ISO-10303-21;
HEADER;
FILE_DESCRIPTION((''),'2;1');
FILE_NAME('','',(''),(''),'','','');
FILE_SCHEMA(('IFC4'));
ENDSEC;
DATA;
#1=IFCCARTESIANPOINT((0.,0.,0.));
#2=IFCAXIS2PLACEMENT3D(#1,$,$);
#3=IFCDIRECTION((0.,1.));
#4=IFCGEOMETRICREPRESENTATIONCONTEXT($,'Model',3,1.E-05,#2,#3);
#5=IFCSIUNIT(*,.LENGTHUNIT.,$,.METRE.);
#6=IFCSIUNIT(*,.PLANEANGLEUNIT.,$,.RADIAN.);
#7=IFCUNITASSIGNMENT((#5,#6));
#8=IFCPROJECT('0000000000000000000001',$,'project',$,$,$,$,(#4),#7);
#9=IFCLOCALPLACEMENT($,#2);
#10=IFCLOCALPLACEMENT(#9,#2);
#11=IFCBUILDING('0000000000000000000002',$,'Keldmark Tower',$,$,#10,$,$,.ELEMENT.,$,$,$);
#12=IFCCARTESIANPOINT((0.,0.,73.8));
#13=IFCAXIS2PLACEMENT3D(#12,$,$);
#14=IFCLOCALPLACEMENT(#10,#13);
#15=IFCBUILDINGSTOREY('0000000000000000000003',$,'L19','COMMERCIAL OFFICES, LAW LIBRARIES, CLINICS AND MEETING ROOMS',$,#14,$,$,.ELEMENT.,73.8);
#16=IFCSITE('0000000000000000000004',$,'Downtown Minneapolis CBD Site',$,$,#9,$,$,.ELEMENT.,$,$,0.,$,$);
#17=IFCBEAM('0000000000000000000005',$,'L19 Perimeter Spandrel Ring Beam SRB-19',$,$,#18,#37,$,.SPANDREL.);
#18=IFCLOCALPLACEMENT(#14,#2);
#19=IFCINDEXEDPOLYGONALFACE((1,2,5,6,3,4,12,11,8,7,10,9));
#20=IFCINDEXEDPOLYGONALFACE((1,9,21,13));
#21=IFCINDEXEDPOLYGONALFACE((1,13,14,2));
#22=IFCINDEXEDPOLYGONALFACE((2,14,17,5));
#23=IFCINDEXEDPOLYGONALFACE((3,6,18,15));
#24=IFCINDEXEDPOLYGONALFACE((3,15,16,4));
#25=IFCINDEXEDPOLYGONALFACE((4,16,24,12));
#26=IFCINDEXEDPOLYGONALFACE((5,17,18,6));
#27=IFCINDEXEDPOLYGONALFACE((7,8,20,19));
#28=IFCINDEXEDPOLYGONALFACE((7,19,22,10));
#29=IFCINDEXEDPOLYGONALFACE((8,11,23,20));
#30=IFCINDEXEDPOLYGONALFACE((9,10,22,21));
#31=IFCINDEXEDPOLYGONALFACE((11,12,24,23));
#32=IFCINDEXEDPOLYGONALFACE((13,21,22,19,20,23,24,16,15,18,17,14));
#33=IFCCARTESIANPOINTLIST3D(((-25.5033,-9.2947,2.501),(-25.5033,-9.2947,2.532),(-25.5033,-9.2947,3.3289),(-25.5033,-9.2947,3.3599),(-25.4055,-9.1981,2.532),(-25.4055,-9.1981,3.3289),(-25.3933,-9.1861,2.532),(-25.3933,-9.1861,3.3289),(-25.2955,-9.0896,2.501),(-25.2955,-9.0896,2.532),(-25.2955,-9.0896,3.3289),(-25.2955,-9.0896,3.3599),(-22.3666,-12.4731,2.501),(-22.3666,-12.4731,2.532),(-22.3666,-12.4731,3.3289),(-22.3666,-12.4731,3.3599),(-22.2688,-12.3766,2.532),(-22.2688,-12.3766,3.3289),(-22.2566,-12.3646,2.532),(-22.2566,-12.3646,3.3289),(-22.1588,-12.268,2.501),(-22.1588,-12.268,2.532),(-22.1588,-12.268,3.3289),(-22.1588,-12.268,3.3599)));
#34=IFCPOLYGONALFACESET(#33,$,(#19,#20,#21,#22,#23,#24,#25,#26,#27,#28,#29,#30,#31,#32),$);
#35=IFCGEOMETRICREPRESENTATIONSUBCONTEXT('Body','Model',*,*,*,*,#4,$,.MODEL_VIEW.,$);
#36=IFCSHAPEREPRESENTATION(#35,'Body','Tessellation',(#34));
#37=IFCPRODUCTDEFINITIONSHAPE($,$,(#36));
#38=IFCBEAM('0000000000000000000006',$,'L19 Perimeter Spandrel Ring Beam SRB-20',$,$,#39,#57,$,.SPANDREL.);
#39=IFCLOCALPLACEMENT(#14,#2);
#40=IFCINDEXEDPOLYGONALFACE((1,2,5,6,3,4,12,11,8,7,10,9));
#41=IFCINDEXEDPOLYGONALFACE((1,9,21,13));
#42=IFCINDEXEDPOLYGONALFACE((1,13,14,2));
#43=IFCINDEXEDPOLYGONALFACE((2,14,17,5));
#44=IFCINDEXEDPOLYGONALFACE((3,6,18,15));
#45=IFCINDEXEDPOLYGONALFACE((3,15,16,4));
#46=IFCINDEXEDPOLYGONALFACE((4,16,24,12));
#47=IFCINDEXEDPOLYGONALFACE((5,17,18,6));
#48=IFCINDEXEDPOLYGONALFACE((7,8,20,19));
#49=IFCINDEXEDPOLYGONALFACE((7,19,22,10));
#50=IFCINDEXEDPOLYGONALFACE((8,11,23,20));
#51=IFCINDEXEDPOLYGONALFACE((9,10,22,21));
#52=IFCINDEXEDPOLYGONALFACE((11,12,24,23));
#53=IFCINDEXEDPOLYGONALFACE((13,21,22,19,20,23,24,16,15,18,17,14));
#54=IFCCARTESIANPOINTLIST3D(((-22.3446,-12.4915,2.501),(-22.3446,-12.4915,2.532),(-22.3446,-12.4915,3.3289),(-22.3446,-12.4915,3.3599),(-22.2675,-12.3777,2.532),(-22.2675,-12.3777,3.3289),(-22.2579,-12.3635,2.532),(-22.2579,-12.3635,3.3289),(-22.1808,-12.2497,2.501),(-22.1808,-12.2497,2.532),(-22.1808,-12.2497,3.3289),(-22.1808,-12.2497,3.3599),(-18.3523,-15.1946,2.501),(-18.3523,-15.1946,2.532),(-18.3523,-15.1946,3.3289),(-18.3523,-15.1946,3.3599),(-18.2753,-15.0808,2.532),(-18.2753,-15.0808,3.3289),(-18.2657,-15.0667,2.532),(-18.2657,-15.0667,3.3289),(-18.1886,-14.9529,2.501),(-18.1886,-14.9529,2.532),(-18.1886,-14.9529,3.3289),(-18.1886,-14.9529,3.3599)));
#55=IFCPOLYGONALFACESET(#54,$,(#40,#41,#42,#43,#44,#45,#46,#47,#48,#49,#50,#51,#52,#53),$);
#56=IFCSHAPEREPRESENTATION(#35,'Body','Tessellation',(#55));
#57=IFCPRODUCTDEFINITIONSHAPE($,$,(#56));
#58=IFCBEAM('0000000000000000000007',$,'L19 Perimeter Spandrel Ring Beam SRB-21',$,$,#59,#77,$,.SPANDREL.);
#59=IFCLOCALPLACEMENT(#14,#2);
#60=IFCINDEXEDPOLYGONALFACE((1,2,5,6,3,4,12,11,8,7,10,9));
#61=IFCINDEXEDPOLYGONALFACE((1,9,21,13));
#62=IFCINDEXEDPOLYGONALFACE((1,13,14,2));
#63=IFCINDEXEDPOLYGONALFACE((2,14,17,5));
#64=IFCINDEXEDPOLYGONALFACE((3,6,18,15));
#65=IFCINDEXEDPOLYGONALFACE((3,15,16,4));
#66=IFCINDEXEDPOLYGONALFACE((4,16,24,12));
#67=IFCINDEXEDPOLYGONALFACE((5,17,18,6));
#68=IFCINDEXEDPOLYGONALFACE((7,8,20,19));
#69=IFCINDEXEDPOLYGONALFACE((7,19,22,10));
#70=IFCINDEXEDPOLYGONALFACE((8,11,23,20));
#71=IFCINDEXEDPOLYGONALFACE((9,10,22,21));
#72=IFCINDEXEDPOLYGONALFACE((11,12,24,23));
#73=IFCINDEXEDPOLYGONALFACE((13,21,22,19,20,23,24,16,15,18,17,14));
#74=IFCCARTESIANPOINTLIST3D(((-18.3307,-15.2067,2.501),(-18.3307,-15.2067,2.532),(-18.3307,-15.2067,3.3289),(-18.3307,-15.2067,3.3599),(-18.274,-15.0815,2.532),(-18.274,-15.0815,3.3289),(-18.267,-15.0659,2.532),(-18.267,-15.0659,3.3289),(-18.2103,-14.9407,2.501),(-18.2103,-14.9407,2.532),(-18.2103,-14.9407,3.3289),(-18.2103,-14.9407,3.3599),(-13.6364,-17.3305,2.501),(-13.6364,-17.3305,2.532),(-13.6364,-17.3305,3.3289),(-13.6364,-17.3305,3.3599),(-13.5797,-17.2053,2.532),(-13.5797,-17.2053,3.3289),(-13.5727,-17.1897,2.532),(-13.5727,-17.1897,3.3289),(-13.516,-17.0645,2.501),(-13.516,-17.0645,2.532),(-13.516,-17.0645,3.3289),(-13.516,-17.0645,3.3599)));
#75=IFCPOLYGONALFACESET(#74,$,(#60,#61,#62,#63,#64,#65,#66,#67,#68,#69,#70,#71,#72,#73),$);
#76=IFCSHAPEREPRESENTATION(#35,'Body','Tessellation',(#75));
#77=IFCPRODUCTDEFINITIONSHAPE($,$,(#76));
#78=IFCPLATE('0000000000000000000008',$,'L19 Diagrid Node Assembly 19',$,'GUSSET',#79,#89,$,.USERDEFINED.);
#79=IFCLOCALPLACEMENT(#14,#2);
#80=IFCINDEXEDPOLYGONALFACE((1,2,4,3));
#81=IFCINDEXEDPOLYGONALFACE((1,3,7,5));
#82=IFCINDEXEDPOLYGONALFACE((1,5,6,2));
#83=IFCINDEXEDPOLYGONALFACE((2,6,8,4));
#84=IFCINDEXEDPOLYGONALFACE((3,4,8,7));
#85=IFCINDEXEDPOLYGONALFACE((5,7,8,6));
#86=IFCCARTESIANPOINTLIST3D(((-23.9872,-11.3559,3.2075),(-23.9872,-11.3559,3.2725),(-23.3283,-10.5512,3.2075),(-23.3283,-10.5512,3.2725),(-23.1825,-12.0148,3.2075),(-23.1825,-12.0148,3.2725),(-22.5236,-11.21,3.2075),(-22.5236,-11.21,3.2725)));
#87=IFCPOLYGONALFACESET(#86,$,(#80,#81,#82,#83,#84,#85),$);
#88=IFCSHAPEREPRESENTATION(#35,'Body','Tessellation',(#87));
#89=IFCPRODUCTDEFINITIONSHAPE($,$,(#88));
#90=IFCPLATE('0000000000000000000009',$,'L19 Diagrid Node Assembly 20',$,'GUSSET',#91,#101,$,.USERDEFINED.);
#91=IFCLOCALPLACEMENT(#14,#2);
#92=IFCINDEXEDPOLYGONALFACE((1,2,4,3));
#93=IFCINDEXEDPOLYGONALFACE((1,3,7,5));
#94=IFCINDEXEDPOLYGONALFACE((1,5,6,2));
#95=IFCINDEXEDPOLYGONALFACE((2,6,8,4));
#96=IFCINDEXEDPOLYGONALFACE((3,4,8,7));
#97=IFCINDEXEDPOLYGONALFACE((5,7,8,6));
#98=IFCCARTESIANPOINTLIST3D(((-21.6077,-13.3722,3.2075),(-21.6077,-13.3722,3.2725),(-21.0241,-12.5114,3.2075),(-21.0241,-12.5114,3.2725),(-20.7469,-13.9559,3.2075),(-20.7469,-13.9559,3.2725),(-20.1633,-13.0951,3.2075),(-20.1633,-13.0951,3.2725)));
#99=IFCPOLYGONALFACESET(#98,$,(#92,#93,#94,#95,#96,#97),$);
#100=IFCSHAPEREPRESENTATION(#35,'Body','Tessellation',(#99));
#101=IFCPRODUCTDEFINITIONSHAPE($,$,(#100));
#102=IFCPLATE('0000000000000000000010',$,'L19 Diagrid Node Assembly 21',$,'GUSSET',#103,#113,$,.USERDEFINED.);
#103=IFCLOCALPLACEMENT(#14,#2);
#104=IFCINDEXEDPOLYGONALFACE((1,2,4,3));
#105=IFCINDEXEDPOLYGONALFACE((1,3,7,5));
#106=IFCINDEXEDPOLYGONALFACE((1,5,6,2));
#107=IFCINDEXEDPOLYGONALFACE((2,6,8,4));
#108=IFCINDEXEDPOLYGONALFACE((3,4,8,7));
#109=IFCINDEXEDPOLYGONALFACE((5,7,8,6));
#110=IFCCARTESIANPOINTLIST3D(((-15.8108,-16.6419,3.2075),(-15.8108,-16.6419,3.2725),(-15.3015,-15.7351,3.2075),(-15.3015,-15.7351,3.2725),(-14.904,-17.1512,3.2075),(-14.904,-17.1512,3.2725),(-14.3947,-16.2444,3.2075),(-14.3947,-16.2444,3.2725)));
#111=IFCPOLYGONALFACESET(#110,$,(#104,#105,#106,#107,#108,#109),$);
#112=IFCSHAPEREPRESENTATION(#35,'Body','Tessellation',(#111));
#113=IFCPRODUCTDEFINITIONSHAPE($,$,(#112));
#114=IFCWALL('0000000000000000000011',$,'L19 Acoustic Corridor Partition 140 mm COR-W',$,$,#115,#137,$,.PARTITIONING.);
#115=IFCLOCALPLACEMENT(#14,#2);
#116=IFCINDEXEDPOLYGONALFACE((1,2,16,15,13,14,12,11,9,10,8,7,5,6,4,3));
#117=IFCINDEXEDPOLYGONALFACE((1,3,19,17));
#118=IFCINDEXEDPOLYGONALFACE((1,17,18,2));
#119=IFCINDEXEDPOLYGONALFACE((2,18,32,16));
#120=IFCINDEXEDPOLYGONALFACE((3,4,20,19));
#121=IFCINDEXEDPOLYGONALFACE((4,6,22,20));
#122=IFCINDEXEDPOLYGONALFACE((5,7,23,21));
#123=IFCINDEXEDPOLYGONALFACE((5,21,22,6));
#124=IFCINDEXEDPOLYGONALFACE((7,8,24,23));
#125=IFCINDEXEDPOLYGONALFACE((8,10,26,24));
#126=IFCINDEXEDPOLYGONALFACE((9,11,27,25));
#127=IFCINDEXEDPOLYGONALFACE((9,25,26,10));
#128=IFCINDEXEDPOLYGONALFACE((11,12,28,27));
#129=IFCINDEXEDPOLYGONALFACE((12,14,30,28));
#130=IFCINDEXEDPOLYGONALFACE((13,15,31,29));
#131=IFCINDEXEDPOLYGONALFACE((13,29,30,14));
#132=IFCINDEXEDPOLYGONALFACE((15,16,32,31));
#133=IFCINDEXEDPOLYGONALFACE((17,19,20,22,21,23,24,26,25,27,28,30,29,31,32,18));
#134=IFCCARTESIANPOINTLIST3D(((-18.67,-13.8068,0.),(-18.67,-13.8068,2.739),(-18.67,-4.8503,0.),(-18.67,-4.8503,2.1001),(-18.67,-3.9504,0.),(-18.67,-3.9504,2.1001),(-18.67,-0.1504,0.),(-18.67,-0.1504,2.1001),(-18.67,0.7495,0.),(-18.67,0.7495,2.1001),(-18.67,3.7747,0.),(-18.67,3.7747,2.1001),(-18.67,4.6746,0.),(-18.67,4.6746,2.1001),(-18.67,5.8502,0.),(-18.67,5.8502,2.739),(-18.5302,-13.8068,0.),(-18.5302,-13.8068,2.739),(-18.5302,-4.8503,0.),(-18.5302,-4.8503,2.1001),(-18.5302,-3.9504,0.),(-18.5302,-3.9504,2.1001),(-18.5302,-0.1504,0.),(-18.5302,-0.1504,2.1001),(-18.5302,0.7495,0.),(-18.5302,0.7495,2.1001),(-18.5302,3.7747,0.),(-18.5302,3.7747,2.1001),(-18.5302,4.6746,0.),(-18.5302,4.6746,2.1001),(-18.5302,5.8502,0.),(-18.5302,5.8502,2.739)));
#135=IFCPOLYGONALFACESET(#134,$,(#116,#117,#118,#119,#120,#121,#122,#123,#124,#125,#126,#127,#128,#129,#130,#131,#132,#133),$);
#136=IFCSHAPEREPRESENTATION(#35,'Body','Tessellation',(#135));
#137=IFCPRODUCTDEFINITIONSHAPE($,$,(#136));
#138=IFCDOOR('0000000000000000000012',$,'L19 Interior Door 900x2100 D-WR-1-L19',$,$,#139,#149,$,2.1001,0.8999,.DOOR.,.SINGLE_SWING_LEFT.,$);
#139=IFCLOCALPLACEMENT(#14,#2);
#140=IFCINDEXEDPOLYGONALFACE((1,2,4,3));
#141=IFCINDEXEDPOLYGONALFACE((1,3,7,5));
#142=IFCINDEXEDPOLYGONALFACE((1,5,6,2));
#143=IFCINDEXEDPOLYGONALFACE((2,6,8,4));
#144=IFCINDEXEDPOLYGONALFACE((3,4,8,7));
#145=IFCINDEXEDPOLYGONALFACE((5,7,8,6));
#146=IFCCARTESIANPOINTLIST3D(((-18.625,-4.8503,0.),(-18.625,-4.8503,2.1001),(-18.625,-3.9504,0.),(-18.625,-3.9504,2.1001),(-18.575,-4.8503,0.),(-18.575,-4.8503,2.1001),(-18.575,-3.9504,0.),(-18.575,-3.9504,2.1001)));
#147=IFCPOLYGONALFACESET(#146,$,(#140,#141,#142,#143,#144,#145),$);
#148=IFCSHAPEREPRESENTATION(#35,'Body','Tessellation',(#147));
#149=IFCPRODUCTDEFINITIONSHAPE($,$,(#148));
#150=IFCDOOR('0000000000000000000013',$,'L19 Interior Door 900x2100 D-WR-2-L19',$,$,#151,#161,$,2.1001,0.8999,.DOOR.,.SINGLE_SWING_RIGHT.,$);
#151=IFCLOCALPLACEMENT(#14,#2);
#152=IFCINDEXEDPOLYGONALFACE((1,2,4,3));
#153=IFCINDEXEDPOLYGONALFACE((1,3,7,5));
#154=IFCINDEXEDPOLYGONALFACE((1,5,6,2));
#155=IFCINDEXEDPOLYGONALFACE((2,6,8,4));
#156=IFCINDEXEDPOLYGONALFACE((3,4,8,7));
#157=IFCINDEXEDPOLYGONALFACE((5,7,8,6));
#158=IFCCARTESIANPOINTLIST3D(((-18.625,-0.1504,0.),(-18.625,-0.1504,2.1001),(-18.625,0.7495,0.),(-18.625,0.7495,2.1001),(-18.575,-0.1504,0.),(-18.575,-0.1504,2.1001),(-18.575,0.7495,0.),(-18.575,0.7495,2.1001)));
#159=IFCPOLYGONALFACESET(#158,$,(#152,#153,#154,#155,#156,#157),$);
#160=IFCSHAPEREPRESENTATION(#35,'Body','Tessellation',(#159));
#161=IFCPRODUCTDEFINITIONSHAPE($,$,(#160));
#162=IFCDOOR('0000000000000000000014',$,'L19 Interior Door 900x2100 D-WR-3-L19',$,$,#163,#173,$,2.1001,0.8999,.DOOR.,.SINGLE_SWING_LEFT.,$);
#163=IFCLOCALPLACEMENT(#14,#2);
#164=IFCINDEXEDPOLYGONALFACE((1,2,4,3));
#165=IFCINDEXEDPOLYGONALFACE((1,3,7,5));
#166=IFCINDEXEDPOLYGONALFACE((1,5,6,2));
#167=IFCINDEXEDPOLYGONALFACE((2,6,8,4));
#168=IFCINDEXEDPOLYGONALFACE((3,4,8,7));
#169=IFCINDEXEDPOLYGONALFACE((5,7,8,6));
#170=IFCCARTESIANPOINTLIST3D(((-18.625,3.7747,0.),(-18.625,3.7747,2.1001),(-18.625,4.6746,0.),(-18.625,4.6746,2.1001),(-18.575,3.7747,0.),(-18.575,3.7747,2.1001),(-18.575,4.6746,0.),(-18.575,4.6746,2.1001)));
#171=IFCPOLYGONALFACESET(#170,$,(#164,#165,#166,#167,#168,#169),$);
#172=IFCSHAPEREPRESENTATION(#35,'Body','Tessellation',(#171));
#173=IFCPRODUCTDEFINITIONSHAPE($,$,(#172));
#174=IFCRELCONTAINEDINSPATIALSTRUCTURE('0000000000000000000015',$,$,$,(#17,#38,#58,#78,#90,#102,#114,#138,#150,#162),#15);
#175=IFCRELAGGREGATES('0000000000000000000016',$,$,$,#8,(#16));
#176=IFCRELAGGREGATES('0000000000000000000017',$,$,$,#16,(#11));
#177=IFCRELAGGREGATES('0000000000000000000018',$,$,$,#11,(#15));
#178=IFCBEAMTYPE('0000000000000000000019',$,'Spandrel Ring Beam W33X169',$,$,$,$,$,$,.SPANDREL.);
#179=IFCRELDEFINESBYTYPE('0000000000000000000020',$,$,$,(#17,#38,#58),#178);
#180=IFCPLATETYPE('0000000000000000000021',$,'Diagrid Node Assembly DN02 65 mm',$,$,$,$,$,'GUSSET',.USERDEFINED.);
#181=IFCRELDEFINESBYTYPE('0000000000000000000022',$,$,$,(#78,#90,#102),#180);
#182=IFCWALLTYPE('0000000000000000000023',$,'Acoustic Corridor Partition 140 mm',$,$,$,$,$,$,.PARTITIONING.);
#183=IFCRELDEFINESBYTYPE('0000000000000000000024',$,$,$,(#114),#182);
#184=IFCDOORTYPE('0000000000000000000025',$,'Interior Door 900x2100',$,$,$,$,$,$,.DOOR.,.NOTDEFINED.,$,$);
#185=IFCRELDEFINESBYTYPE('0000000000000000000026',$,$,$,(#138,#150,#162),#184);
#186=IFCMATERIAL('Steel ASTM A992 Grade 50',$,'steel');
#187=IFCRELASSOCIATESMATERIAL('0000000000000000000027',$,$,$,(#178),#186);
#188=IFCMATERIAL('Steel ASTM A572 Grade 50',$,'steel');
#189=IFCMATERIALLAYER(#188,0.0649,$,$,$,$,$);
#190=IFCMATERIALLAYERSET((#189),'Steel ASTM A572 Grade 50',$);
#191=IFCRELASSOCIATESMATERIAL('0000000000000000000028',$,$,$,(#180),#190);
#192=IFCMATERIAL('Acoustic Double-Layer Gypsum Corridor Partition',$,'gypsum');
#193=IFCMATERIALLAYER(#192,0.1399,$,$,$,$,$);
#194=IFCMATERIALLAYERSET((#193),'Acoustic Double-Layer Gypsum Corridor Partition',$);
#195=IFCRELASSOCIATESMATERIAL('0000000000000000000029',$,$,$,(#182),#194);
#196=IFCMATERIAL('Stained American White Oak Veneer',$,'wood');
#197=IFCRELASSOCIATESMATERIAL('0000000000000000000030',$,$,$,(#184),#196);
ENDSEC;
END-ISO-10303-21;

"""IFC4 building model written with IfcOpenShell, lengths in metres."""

from ifc_helpers import new_model, si_unit, direction, frame, frame_2d, origin, origin_2d, place, context, subcontext, project, spatial, rectangle, i_section, extrude, material, layer, layer_set, material_profile, profile_set, type_object, element, fill, save


model = new_model("IFC4")

# Units and contexts
model_context = context("Model", 3, precision=1e-05, world=origin(), true_north=direction((0.0, 1.0)))
body_context = subcontext(model_context, "Body", "Model", "MODEL_VIEW")
ifc_project = project(units=[si_unit("LENGTHUNIT", "METRE"), si_unit("PLANEANGLEUNIT", "RADIAN")], contexts=[model_context])

# Site, building, storey
site_placement = place(None, origin())
site = spatial("IfcSite", under=ifc_project, at=site_placement, Name="Downtown Minneapolis CBD Site", CompositionType="ELEMENT", RefElevation=0.0)
building_placement = place(site_placement, origin())
building = spatial("IfcBuilding", under=site, at=building_placement, Name="Keldmark Tower", CompositionType="ELEMENT")
storey_placement = place(building_placement, frame((0.0, 0.0, 73.8)))
storey = spatial("IfcBuildingStorey", under=building, at=storey_placement, Name="L19", Description="COMMERCIAL OFFICES, LAW LIBRARIES, CLINICS AND MEETING ROOMS", CompositionType="ELEMENT", Elevation=73.8)

# Beams
ifc_material_1 = material(Name="Steel ASTM A992 Grade 50", Category="steel")
ifc_material_profile_1 = material_profile(ifc_material_1, i_section(OverallWidth=0.292, OverallDepth=0.8589, WebThickness=0.0171, FlangeThickness=0.031, at=origin_2d()), Name="W33X169")
ifc_profile_set_1 = profile_set([ifc_material_profile_1], Name="Steel ASTM A992 Grade 50")
beam_type_1 = type_object("IfcBeamType", Name="Spandrel Ring Beam W33X169", PredefinedType="SPANDREL", material=ifc_profile_set_1)
beam_1_placement = place(storey_placement, frame((-25.3994, -9.1921, 2.9304), z_axis=(0.702417, -0.711766, 0.0), x_axis=(0.711766, 0.702417, 0.0)))
element("IfcBeam", 1, at=beam_1_placement, inside=storey, type_object=beam_type_1, Name="L19 Perimeter Spandrel Ring Beam SRB-19", PredefinedType="SPANDREL", context=body_context, shape_type="SweptSolid", body=[
    extrude(i_section(OverallWidth=0.292, OverallDepth=0.8589, WebThickness=0.0171, FlangeThickness=0.031, at=origin_2d()), origin(), (0.0, 0.0, 1.0), 4.4656),
])
beam_2_placement = place(storey_placement, frame((-22.2627, -12.3706, 2.9304), z_axis=(0.82804, -0.560669, 0.0), x_axis=(0.560669, 0.82804, 0.0)))
element("IfcBeam", 2, at=beam_2_placement, inside=storey, type_object=beam_type_1, Name="L19 Perimeter Spandrel Ring Beam SRB-20", PredefinedType="SPANDREL", context=body_context, shape_type="SweptSolid", body=[
    extrude(i_section(OverallWidth=0.292, OverallDepth=0.8589, WebThickness=0.0171, FlangeThickness=0.031, at=origin_2d()), origin(), (0.0, 0.0, 1.0), 4.8213),
])
beam_3_placement = place(storey_placement, frame((-18.2705, -15.0737, 2.9304), z_axis=(0.911097, -0.412192, 0.0), x_axis=(0.412192, 0.911097, 0.0)))
element("IfcBeam", 3, at=beam_3_placement, inside=storey, type_object=beam_type_1, Name="L19 Perimeter Spandrel Ring Beam SRB-21", PredefinedType="SPANDREL", context=body_context, shape_type="SweptSolid", body=[
    extrude(i_section(OverallWidth=0.292, OverallDepth=0.8589, WebThickness=0.0171, FlangeThickness=0.031, at=origin_2d()), origin(), (0.0, 0.0, 1.0), 5.1523),
])

# Plates
ifc_material_2 = material(Name="Steel ASTM A572 Grade 50", Category="steel")
ifc_layer_1 = layer(ifc_material_2, 0.0649)
ifc_layer_set_1 = layer_set([ifc_layer_1], Name="Steel ASTM A572 Grade 50")
plate_type = type_object("IfcPlateType", Name="Diagrid Node Assembly DN02 65 mm", ElementType="GUSSET", PredefinedType="USERDEFINED", material=ifc_layer_set_1)
for number, where, z_axis, x_axis, name in (
    (4, (-23.2554, -11.283, 3.2075), (0.0, 0.0, 1.0), (0.77373, -0.633516, 0.0), "L19 Diagrid Node Assembly 19"),
    (5, (-20.8855, -13.2336, 3.2075), (0.0, 0.0, 1.0), (0.827669, -0.561217, 0.0), "L19 Diagrid Node Assembly 20"),
    (6, (-15.1028, -16.4431, 3.2075), (0.0, 0.0, 1.0), (0.871898, -0.489687, 0.0), "L19 Diagrid Node Assembly 21"),
):
    element("IfcPlate", number, at=place(storey_placement, frame(where, z_axis=z_axis, x_axis=x_axis)), inside=storey, type_object=plate_type, Name=name, ObjectType="GUSSET", PredefinedType="USERDEFINED", context=body_context, shape_type="SweptSolid", body=[
        extrude(rectangle(XDim=1.04, YDim=1.04, at=origin_2d()), origin(), (0.0, 0.0, 1.0), 0.0649),
    ])

# Wall, openings, doors
ifc_material_3 = material(Name="Acoustic Double-Layer Gypsum Corridor Partition", Category="gypsum")
ifc_layer_2 = layer(ifc_material_3, 0.1399)
ifc_layer_set_2 = layer_set([ifc_layer_2], Name="Acoustic Double-Layer Gypsum Corridor Partition")
wall_type_1 = type_object("IfcWallType", Name="Acoustic Corridor Partition 140 mm", PredefinedType="PARTITIONING", material=ifc_layer_set_2)
wall_1_placement = place(storey_placement, frame((-18.6001, -13.8069, 0.0), z_axis=(0.0, 0.0, 1.0), x_axis=(0.0, 1.0, 0.0)))
wall_1 = element("IfcWall", 7, at=wall_1_placement, inside=storey, type_object=wall_type_1, Name="L19 Acoustic Corridor Partition 140 mm COR-W", PredefinedType="PARTITIONING", context=body_context, shape_type="SweptSolid", body=[
    extrude(rectangle(XDim=19.657, YDim=0.1399, at=frame_2d((9.8286, 0.0))), origin(), (0.0, 0.0, 1.0), 2.739),
])
opening_1_placement = place(wall_1_placement, frame((8.9565, 0.0, 0.0)))
opening_1 = element("IfcOpeningElement", 8, at=opening_1_placement, cuts=wall_1, PredefinedType="OPENING", context=body_context, shape_type="SweptSolid", body=[
    extrude(rectangle(XDim=0.8999, YDim=2.1001, at=frame_2d((0.45, 1.05))), frame((0.0, 0.0798, 0.0), z_axis=(0.0, -1.0, 0.0), x_axis=(1.0, 0.0, 0.0)), (0.0, 0.0, 1.0), 0.1599),
])
opening_2_placement = place(wall_1_placement, frame((13.6565, 0.0, 0.0)))
opening_2 = element("IfcOpeningElement", 9, at=opening_2_placement, cuts=wall_1, PredefinedType="OPENING", context=body_context, shape_type="SweptSolid", body=[
    extrude(rectangle(XDim=0.8999, YDim=2.1001, at=frame_2d((0.45, 1.05))), frame((0.0, 0.0798, 0.0), z_axis=(0.0, -1.0, 0.0), x_axis=(1.0, 0.0, 0.0)), (0.0, 0.0, 1.0), 0.1599),
])
opening_3_placement = place(wall_1_placement, frame((17.5815, 0.0, 0.0)))
opening_3 = element("IfcOpeningElement", 10, at=opening_3_placement, cuts=wall_1, PredefinedType="OPENING", context=body_context, shape_type="SweptSolid", body=[
    extrude(rectangle(XDim=0.8999, YDim=2.1001, at=frame_2d((0.45, 1.05))), frame((0.0, 0.0798, 0.0), z_axis=(0.0, -1.0, 0.0), x_axis=(1.0, 0.0, 0.0)), (0.0, 0.0, 1.0), 0.1599),
])
ifc_material_4 = material(Name="Stained American White Oak Veneer", Category="wood")
door_type = type_object("IfcDoorType", Name="Interior Door 900x2100", OperationType="NOTDEFINED", PredefinedType="DOOR", material=ifc_material_4)
door_1_placement = place(opening_1_placement, origin())
door_1 = element("IfcDoor", 11, at=door_1_placement, inside=storey, type_object=door_type, Name="L19 Interior Door 900x2100 D-WR-1-L19", OperationType="SINGLE_SWING_LEFT", OverallHeight=2.1001, OverallWidth=0.8999, PredefinedType="DOOR", context=body_context, shape_type="SweptSolid", body=[
    extrude(rectangle(XDim=0.8999, YDim=2.1001, at=frame_2d((0.45, 1.05))), frame((0.0, 0.0249, 0.0), z_axis=(0.0, -1.0, 0.0), x_axis=(1.0, 0.0, 0.0)), (0.0, 0.0, 1.0), 0.05),
])
fill(opening_1, door_1)
door_2_placement = place(opening_2_placement, origin())
door_2 = element("IfcDoor", 12, at=door_2_placement, inside=storey, type_object=door_type, Name="L19 Interior Door 900x2100 D-WR-2-L19", OperationType="SINGLE_SWING_RIGHT", OverallHeight=2.1001, OverallWidth=0.8999, PredefinedType="DOOR", context=body_context, shape_type="SweptSolid", body=[
    extrude(rectangle(XDim=0.8999, YDim=2.1001, at=frame_2d((0.45, 1.05))), frame((0.0, 0.0249, 0.0), z_axis=(0.0, -1.0, 0.0), x_axis=(1.0, 0.0, 0.0)), (0.0, 0.0, 1.0), 0.05),
])
fill(opening_2, door_2)
door_3_placement = place(opening_3_placement, origin())
door_3 = element("IfcDoor", 13, at=door_3_placement, inside=storey, type_object=door_type, Name="L19 Interior Door 900x2100 D-WR-3-L19", OperationType="SINGLE_SWING_LEFT", OverallHeight=2.1001, OverallWidth=0.8999, PredefinedType="DOOR", context=body_context, shape_type="SweptSolid", body=[
    extrude(rectangle(XDim=0.8999, YDim=2.1001, at=frame_2d((0.45, 1.05))), frame((0.0, 0.0249, 0.0), z_axis=(0.0, -1.0, 0.0), x_axis=(1.0, 0.0, 0.0)), (0.0, 0.0, 1.0), 0.05),
])
fill(opening_3, door_3)

save(model, "model.ifc")
